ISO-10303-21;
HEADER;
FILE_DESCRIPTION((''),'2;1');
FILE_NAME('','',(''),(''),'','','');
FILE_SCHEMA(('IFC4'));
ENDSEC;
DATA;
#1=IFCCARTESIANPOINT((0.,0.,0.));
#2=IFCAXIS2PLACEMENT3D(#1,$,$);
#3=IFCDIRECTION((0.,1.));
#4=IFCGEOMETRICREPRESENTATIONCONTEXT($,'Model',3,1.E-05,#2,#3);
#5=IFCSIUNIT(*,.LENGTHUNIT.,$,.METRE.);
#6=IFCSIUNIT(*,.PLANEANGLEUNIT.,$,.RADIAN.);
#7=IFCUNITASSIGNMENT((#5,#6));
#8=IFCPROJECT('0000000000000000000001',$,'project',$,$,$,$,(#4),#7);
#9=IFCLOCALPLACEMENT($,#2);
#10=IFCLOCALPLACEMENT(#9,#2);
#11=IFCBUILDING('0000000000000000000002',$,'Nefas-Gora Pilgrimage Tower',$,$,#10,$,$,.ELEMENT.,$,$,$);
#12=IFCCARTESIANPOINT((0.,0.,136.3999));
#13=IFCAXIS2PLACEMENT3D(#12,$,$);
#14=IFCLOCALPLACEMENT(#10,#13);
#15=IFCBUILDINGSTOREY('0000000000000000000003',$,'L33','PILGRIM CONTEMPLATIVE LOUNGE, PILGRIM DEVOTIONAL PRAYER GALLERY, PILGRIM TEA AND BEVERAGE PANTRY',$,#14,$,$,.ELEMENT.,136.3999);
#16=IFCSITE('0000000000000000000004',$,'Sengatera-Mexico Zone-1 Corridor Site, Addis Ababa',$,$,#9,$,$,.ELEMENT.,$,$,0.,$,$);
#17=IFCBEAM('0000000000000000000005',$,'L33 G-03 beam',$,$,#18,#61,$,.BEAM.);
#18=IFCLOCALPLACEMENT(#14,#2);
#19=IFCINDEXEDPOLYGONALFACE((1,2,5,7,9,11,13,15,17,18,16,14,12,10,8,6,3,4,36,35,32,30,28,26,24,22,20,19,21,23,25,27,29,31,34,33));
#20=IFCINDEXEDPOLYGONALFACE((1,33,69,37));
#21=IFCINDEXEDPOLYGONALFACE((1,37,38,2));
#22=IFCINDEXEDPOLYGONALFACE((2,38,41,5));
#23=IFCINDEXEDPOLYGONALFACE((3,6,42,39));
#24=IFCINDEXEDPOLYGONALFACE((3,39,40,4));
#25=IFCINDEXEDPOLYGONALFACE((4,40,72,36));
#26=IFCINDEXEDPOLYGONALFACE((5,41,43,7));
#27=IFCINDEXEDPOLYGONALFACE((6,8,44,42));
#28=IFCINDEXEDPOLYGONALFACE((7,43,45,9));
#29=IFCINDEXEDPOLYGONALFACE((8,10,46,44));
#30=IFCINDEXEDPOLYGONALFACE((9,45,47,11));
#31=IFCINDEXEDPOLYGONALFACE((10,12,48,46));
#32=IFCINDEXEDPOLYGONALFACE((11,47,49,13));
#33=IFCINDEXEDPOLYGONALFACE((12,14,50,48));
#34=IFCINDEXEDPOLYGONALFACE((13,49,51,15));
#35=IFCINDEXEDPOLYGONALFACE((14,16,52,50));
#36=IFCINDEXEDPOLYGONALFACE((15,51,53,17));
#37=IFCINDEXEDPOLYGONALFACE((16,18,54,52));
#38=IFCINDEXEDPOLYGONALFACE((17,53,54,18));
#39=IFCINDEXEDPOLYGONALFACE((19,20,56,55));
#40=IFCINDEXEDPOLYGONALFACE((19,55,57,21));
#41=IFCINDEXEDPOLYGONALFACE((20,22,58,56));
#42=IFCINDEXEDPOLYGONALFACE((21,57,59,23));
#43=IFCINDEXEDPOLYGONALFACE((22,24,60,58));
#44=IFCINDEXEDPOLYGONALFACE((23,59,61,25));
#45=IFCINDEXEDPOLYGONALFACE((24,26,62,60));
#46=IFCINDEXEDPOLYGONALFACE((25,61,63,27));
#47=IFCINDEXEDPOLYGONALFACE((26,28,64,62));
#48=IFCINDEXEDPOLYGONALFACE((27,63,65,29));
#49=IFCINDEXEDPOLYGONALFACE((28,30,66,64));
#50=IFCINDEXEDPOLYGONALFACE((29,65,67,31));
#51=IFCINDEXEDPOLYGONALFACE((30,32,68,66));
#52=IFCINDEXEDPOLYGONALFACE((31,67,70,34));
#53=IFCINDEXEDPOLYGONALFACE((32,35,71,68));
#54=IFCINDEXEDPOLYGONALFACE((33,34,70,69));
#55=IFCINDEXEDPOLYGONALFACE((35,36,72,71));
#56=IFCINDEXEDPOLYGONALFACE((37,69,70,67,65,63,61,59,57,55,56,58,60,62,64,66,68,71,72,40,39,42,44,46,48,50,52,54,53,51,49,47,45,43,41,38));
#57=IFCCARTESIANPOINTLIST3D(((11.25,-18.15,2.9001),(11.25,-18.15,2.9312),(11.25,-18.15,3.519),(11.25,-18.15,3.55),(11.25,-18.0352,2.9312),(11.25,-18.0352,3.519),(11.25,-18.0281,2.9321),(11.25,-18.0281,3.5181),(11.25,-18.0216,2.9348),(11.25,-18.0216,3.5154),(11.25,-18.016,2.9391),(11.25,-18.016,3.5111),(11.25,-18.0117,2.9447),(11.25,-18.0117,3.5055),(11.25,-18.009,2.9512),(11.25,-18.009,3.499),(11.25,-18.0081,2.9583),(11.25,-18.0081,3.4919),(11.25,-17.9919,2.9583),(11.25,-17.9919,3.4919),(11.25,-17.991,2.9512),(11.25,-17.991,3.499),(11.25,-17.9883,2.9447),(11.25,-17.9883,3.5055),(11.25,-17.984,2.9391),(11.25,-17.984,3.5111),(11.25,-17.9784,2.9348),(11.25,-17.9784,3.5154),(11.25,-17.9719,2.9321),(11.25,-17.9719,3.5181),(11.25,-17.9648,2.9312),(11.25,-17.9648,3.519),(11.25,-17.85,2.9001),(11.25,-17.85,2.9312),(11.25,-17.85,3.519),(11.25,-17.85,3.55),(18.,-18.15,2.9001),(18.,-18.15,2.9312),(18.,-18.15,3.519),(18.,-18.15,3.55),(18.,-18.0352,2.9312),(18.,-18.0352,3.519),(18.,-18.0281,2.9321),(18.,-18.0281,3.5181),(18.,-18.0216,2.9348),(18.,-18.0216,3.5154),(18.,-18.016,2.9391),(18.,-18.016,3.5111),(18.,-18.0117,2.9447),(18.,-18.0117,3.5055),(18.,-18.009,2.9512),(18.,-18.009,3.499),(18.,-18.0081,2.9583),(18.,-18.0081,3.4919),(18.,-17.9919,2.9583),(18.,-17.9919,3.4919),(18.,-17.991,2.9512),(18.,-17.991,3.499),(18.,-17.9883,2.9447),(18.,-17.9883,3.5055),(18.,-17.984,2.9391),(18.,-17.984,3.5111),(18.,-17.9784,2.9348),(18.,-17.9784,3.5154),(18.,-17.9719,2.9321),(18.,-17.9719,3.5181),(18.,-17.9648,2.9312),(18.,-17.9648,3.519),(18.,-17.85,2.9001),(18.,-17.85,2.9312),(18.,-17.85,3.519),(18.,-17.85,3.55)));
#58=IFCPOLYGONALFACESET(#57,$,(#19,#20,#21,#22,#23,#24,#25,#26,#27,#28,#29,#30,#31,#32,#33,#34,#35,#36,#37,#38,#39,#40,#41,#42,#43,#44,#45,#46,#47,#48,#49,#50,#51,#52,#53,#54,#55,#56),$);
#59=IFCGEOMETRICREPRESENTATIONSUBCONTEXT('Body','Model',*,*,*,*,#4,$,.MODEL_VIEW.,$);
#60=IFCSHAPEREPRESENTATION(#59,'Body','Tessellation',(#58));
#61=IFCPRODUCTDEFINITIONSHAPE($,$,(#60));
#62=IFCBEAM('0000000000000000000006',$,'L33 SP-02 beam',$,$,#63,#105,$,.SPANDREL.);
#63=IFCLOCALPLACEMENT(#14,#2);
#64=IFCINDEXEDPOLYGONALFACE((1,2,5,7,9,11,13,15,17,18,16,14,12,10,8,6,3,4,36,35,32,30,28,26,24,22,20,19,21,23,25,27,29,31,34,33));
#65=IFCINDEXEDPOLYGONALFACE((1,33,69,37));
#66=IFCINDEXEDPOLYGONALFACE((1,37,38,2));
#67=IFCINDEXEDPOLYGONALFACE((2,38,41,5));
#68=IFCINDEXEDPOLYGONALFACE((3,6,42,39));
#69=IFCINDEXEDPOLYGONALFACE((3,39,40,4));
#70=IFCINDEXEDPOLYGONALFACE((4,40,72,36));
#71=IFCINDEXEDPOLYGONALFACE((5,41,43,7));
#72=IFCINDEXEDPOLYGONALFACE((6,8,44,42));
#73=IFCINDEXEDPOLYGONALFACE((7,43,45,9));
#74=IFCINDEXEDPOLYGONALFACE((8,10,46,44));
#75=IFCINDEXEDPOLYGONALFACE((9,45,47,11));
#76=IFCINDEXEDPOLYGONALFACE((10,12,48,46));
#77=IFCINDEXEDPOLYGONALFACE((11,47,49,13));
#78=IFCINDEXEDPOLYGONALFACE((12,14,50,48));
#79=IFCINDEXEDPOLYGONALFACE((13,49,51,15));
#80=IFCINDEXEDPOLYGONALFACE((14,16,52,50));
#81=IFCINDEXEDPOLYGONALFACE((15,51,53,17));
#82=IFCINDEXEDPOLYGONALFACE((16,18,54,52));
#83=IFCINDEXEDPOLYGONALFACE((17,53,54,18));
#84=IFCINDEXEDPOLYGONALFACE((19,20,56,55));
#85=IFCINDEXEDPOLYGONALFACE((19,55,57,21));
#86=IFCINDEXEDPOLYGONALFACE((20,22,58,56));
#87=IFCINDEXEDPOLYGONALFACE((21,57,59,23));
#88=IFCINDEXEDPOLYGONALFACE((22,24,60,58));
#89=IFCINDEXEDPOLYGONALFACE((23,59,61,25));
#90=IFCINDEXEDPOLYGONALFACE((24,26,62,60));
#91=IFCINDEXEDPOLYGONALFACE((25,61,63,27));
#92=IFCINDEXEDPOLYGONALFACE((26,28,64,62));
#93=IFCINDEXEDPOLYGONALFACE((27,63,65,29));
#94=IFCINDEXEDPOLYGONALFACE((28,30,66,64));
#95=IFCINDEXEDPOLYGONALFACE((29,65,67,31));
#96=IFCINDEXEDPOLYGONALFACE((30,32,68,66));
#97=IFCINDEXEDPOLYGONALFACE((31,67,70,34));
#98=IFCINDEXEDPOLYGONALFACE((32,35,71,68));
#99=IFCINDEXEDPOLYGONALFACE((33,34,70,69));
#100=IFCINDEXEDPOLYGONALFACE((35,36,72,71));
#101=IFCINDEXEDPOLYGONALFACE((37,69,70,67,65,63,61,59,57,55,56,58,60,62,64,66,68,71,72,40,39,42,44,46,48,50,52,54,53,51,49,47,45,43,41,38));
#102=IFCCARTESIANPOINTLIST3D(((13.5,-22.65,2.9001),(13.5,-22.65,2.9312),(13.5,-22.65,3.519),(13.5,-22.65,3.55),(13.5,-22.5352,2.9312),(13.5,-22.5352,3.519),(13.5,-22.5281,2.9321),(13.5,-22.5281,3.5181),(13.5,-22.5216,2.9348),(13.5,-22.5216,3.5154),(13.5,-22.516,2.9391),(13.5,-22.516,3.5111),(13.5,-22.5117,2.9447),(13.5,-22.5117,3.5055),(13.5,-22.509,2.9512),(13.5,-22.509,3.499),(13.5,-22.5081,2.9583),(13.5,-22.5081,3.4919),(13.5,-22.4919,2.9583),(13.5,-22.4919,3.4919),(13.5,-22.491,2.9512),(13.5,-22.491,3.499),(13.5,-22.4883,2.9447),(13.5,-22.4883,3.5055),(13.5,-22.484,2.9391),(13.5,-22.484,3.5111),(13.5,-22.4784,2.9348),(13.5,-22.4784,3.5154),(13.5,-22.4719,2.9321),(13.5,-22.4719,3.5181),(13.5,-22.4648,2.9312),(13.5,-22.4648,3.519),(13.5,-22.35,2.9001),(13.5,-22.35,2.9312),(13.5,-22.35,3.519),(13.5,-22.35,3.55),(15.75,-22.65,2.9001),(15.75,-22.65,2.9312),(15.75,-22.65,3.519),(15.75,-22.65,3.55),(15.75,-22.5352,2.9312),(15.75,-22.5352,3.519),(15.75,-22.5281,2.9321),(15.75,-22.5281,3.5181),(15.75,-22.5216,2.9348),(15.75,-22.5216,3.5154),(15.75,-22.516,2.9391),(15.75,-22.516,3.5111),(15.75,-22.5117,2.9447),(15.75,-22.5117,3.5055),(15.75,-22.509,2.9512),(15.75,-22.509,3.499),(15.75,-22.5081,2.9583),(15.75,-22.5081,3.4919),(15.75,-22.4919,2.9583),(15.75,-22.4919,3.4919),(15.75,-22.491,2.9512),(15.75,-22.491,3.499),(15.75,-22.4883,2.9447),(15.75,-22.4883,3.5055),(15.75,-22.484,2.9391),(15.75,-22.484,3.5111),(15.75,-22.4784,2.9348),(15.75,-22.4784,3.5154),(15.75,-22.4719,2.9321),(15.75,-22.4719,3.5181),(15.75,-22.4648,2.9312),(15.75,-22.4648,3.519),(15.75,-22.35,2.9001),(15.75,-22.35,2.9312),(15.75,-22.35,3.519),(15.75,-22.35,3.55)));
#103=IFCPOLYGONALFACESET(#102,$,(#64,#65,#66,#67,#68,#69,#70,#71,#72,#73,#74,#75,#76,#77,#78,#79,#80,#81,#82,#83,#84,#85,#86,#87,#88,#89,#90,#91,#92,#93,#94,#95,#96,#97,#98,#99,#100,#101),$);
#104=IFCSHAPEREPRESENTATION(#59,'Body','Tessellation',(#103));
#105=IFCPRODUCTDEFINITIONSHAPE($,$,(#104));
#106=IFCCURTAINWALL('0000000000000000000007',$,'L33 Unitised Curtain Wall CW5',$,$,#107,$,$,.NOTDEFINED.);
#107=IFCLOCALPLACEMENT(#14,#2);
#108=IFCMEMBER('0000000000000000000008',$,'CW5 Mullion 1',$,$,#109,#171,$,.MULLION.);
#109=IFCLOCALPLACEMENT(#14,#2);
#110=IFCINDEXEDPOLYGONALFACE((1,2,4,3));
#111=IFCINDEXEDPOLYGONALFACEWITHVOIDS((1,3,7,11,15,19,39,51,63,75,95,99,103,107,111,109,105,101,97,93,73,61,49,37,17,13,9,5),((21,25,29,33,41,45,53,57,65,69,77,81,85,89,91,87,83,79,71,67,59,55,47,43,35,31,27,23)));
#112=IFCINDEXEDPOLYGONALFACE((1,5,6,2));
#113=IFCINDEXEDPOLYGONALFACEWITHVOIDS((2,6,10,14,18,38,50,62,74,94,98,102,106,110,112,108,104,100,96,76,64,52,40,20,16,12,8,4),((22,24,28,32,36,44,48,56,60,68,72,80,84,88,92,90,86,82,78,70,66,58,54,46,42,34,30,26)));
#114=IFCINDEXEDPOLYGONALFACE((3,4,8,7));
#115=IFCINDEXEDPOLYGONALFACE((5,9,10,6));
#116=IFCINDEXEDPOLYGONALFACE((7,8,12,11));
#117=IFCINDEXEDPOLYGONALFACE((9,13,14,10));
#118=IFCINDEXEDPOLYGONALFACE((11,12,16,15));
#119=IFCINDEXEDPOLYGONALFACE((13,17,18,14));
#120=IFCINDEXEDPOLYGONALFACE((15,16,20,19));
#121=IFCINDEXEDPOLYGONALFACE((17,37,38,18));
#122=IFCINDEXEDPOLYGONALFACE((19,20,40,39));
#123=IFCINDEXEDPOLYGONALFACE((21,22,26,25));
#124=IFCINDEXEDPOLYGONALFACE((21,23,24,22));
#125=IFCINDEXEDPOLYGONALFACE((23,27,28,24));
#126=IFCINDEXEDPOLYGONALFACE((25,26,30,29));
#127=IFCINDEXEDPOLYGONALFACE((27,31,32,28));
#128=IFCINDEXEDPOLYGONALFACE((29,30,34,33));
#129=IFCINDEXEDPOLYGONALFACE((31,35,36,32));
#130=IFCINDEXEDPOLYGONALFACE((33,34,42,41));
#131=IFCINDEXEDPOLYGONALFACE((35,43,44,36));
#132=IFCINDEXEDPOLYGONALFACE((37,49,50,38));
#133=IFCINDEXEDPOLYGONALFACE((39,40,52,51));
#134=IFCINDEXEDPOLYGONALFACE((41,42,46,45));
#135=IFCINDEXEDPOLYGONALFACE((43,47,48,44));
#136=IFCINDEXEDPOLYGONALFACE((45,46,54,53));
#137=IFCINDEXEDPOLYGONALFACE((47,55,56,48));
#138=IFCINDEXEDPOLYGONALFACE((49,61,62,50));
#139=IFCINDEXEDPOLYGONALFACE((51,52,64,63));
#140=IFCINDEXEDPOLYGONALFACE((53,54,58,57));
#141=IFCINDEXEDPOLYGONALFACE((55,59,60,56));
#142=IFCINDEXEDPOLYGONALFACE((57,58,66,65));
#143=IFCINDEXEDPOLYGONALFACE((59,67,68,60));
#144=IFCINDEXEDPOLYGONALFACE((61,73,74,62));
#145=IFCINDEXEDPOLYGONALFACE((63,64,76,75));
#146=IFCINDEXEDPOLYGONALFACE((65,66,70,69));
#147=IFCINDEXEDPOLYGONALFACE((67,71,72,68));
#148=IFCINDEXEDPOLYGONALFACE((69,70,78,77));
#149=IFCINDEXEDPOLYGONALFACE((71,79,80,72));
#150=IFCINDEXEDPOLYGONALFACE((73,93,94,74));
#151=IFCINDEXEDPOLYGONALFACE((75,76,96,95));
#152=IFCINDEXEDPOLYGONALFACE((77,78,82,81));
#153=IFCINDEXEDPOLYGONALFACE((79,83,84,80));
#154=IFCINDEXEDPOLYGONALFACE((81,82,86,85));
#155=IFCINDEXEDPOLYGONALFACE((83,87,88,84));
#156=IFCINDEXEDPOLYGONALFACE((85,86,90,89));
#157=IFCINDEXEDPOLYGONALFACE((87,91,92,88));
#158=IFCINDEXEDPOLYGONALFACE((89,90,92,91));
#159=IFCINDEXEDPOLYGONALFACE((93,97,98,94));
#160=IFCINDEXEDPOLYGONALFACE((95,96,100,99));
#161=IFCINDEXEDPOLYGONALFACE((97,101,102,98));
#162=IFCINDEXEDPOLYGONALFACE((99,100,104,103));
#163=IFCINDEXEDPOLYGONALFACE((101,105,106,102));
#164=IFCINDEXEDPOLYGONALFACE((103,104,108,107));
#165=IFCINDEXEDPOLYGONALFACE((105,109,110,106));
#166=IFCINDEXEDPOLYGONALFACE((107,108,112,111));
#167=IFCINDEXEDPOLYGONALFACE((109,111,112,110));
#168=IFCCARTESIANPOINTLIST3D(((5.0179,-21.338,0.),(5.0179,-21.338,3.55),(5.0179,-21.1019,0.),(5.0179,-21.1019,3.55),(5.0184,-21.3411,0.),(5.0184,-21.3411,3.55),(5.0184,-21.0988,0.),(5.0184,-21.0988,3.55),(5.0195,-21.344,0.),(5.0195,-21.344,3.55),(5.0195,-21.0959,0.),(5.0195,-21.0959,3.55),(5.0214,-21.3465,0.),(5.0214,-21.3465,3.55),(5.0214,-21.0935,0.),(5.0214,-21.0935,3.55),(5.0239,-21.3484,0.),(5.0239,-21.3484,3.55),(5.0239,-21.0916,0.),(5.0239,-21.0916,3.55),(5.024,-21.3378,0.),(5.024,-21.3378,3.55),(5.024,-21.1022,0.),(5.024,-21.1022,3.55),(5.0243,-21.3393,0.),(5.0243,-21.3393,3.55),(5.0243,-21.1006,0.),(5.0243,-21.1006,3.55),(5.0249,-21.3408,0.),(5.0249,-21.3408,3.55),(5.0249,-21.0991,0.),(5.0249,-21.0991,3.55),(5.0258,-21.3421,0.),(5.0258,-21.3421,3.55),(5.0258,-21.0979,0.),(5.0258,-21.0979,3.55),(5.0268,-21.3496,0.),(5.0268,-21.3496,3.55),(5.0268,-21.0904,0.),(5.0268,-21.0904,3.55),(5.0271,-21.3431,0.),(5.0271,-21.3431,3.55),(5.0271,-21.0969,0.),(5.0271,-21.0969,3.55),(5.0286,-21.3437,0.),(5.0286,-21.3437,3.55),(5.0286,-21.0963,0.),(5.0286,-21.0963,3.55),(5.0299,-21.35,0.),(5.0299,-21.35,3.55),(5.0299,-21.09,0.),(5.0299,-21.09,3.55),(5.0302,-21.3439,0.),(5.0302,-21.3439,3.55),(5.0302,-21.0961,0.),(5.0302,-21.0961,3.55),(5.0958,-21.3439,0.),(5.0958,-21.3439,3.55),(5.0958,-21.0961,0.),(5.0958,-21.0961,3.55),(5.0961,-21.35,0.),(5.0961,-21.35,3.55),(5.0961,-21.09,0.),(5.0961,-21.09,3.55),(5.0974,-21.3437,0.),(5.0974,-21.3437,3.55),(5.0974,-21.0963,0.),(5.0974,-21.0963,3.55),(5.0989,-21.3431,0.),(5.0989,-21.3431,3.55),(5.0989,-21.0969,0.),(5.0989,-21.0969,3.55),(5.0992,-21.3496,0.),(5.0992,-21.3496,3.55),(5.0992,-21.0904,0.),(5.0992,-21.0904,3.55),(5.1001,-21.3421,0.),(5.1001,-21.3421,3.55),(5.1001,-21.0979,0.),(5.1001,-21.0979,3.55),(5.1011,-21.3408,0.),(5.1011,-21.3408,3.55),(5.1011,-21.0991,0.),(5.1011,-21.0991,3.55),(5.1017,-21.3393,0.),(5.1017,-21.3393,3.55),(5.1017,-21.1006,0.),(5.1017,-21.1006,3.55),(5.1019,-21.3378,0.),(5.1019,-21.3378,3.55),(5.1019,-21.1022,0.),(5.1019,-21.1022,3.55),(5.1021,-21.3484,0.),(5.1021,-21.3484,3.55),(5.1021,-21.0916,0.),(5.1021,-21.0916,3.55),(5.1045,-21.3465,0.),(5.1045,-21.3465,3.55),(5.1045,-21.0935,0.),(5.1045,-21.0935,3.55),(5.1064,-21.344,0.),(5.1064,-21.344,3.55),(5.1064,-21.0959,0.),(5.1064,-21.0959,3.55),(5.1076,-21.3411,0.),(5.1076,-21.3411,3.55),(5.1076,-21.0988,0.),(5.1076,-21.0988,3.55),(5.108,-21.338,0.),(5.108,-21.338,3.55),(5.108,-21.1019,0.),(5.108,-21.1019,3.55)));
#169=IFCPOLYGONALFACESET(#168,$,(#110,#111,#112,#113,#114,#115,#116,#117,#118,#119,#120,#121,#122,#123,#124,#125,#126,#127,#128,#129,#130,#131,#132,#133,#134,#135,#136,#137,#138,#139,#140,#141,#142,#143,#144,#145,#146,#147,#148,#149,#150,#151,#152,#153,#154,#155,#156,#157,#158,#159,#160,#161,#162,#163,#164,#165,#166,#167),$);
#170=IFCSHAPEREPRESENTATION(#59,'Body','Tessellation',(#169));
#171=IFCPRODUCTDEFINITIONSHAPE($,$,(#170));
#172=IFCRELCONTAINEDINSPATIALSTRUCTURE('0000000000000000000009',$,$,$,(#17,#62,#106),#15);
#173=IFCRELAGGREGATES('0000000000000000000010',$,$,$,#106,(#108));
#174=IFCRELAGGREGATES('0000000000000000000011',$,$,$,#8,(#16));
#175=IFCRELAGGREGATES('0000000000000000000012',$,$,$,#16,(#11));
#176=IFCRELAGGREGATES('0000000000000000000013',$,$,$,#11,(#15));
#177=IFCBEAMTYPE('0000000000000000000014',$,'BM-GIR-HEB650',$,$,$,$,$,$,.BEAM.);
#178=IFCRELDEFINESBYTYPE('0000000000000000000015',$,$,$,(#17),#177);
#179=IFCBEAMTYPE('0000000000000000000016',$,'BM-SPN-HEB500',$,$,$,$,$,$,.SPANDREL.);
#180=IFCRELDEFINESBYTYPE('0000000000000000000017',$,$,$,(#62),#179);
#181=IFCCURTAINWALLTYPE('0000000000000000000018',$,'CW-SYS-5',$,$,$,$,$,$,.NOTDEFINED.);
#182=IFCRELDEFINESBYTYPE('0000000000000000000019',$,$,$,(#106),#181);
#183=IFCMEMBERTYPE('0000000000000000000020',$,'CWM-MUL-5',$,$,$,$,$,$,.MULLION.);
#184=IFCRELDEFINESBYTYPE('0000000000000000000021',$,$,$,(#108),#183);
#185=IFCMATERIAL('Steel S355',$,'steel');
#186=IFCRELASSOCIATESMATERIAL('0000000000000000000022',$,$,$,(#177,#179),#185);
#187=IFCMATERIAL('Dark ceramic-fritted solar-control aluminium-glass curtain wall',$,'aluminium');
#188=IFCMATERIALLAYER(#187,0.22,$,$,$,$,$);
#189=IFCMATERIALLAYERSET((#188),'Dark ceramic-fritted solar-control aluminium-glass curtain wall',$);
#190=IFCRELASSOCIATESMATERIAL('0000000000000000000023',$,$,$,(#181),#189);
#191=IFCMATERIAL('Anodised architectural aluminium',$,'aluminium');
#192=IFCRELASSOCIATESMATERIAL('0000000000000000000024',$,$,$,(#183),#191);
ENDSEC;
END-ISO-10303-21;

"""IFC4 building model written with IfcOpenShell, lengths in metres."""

from ifc_helpers import new_model, si_unit, direction, frame, origin, origin_2d, place, context, subcontext, project, spatial, hollow_rectangle, i_section, extrude, source, transform, mapped, material, layer, layer_set, material_profile, profile_set, type_object, element, aggregate, save


model = new_model("IFC4")

# Units and contexts
model_context = context("Model", 3, precision=1e-05, world=origin(), true_north=direction((0.0, 1.0)))
body_context = subcontext(model_context, "Body", "Model", "MODEL_VIEW")
ifc_project = project(units=[si_unit("LENGTHUNIT", "METRE"), si_unit("PLANEANGLEUNIT", "RADIAN")], contexts=[model_context])

# Site, building, storey
site_placement = place(None, origin())
site = spatial("IfcSite", under=ifc_project, at=site_placement, Name="Sengatera-Mexico Zone-1 Corridor Site, Addis Ababa", CompositionType="ELEMENT", RefElevation=0.0)
building_placement = place(site_placement, origin())
building = spatial("IfcBuilding", under=site, at=building_placement, Name="Nefas-Gora Pilgrimage Tower", CompositionType="ELEMENT")
storey_placement = place(building_placement, frame((0.0, 0.0, 136.3999)))
storey = spatial("IfcBuildingStorey", under=building, at=storey_placement, Name="L33", Description="PILGRIM CONTEMPLATIVE LOUNGE, PILGRIM DEVOTIONAL PRAYER GALLERY, PILGRIM TEA AND BEVERAGE PANTRY", CompositionType="ELEMENT", Elevation=136.3999)

# Beams
ifc_material_1 = material(Name="Steel S355", Category="steel")
ifc_material_profile_1 = material_profile(ifc_material_1, i_section(OverallWidth=0.3, OverallDepth=0.6499, WebThickness=0.0161, FlangeThickness=0.031, FilletRadius=0.0271, at=origin_2d()), Name="HEB 650")
ifc_profile_set_1 = profile_set([ifc_material_profile_1], Name="Steel S355")
beam_type_1 = type_object("IfcBeamType", Name="BM-GIR-HEB650", PredefinedType="BEAM", material=ifc_profile_set_1)
shared_shape_1 = source(origin(), body_context, "Body", "SweptSolid", [
    extrude(i_section(OverallWidth=0.3, OverallDepth=0.6499, WebThickness=0.0161, FlangeThickness=0.031, FilletRadius=0.0271, at=origin_2d()), origin(), (0.0, 0.0, 1.0), 6.75),
])
beam_1_placement = place(storey_placement, frame((11.25, -18.0, 3.2251), z_axis=(1.0, 0.0, 0.0), x_axis=(0.0, 1.0, 0.0)))
element("IfcBeam", 1, at=beam_1_placement, inside=storey, type_object=beam_type_1, Name="L33 G-03 beam", PredefinedType="BEAM", context=body_context, shape_type="MappedRepresentation", body=[
    mapped(shared_shape_1, transform((0.0, 0.0, 0.0), x_axis=(1.0, 0.0, 0.0), y_axis=(0.0, 1.0, 0.0), z_axis=(0.0, 0.0, 1.0), scale=1.0)),
])
ifc_material_profile_2 = material_profile(ifc_material_1, i_section(OverallWidth=0.3, OverallDepth=0.6499, WebThickness=0.0161, FlangeThickness=0.031, FilletRadius=0.0271, at=origin_2d()), Name="HEB 650")
ifc_profile_set_2 = profile_set([ifc_material_profile_2], Name="Steel S355")
beam_type_2 = type_object("IfcBeamType", Name="BM-SPN-HEB500", PredefinedType="SPANDREL", material=ifc_profile_set_2)
shared_shape_2 = source(origin(), body_context, "Body", "SweptSolid", [
    extrude(i_section(OverallWidth=0.3, OverallDepth=0.6499, WebThickness=0.0161, FlangeThickness=0.031, FilletRadius=0.0271, at=origin_2d()), origin(), (0.0, 0.0, 1.0), 2.25),
])
beam_2_placement = place(storey_placement, frame((13.5, -22.5, 3.2251), z_axis=(1.0, 0.0, 0.0), x_axis=(0.0, 1.0, 0.0)))
element("IfcBeam", 2, at=beam_2_placement, inside=storey, type_object=beam_type_2, Name="L33 SP-02 beam", PredefinedType="SPANDREL", context=body_context, shape_type="MappedRepresentation", body=[
    mapped(shared_shape_2, transform((0.0, 0.0, 0.0), x_axis=(1.0, 0.0, 0.0), y_axis=(0.0, 1.0, 0.0), z_axis=(0.0, 0.0, 1.0), scale=1.0)),
])

# Curtain wall, member
ifc_material_2 = material(Name="Dark ceramic-fritted solar-control aluminium-glass curtain wall", Category="aluminium")
ifc_layer_1 = layer(ifc_material_2, 0.22)
ifc_layer_set_1 = layer_set([ifc_layer_1], Name="Dark ceramic-fritted solar-control aluminium-glass curtain wall")
curtain_wall_type_1 = type_object("IfcCurtainWallType", Name="CW-SYS-5", PredefinedType="NOTDEFINED", material=ifc_layer_set_1)
curtain_wall_1_placement = place(storey_placement, origin())
curtain_wall_1 = element("IfcCurtainWall", 3, at=curtain_wall_1_placement, inside=storey, type_object=curtain_wall_type_1, Name="L33 Unitised Curtain Wall CW5", PredefinedType="NOTDEFINED")
ifc_material_3 = material(Name="Anodised architectural aluminium", Category="aluminium")
ifc_material_profile_3 = material_profile(ifc_material_3, hollow_rectangle(XDim=0.0901, YDim=0.26, WallThickness=0.0061, InnerFilletRadius=0.0061, OuterFilletRadius=0.012, at=origin_2d()), Name="ALU MULLION 90x260")
ifc_profile_set_3 = profile_set([ifc_material_profile_3], Name="Anodised architectural aluminium")
member_type_1 = type_object("IfcMemberType", Name="CWM-MUL-5", PredefinedType="MULLION", material=ifc_profile_set_3)
shared_shape_3 = source(origin(), body_context, "Body", "SweptSolid", [
    extrude(hollow_rectangle(XDim=0.0901, YDim=0.26, WallThickness=0.0061, InnerFilletRadius=0.0061, OuterFilletRadius=0.012, at=origin_2d()), origin(), (0.0, 0.0, 1.0), 3.55),
])
member_1_placement = place(storey_placement, frame((5.063, -21.22, 0.0), z_axis=(0.0, 0.0, 1.0), x_axis=(1.0, 0.0, 0.0)))
member_1 = element("IfcMember", 4, at=member_1_placement, type_object=member_type_1, Name="CW5 Mullion 1", PredefinedType="MULLION", context=body_context, shape_type="MappedRepresentation", body=[
    mapped(shared_shape_3, transform((0.0, 0.0, 0.0), x_axis=(1.0, 0.0, 0.0), y_axis=(0.0, 1.0, 0.0), z_axis=(0.0, 0.0, 1.0), scale=1.0)),
])

aggregate(curtain_wall_1, [member_1])

save(model, "model.ifc")
